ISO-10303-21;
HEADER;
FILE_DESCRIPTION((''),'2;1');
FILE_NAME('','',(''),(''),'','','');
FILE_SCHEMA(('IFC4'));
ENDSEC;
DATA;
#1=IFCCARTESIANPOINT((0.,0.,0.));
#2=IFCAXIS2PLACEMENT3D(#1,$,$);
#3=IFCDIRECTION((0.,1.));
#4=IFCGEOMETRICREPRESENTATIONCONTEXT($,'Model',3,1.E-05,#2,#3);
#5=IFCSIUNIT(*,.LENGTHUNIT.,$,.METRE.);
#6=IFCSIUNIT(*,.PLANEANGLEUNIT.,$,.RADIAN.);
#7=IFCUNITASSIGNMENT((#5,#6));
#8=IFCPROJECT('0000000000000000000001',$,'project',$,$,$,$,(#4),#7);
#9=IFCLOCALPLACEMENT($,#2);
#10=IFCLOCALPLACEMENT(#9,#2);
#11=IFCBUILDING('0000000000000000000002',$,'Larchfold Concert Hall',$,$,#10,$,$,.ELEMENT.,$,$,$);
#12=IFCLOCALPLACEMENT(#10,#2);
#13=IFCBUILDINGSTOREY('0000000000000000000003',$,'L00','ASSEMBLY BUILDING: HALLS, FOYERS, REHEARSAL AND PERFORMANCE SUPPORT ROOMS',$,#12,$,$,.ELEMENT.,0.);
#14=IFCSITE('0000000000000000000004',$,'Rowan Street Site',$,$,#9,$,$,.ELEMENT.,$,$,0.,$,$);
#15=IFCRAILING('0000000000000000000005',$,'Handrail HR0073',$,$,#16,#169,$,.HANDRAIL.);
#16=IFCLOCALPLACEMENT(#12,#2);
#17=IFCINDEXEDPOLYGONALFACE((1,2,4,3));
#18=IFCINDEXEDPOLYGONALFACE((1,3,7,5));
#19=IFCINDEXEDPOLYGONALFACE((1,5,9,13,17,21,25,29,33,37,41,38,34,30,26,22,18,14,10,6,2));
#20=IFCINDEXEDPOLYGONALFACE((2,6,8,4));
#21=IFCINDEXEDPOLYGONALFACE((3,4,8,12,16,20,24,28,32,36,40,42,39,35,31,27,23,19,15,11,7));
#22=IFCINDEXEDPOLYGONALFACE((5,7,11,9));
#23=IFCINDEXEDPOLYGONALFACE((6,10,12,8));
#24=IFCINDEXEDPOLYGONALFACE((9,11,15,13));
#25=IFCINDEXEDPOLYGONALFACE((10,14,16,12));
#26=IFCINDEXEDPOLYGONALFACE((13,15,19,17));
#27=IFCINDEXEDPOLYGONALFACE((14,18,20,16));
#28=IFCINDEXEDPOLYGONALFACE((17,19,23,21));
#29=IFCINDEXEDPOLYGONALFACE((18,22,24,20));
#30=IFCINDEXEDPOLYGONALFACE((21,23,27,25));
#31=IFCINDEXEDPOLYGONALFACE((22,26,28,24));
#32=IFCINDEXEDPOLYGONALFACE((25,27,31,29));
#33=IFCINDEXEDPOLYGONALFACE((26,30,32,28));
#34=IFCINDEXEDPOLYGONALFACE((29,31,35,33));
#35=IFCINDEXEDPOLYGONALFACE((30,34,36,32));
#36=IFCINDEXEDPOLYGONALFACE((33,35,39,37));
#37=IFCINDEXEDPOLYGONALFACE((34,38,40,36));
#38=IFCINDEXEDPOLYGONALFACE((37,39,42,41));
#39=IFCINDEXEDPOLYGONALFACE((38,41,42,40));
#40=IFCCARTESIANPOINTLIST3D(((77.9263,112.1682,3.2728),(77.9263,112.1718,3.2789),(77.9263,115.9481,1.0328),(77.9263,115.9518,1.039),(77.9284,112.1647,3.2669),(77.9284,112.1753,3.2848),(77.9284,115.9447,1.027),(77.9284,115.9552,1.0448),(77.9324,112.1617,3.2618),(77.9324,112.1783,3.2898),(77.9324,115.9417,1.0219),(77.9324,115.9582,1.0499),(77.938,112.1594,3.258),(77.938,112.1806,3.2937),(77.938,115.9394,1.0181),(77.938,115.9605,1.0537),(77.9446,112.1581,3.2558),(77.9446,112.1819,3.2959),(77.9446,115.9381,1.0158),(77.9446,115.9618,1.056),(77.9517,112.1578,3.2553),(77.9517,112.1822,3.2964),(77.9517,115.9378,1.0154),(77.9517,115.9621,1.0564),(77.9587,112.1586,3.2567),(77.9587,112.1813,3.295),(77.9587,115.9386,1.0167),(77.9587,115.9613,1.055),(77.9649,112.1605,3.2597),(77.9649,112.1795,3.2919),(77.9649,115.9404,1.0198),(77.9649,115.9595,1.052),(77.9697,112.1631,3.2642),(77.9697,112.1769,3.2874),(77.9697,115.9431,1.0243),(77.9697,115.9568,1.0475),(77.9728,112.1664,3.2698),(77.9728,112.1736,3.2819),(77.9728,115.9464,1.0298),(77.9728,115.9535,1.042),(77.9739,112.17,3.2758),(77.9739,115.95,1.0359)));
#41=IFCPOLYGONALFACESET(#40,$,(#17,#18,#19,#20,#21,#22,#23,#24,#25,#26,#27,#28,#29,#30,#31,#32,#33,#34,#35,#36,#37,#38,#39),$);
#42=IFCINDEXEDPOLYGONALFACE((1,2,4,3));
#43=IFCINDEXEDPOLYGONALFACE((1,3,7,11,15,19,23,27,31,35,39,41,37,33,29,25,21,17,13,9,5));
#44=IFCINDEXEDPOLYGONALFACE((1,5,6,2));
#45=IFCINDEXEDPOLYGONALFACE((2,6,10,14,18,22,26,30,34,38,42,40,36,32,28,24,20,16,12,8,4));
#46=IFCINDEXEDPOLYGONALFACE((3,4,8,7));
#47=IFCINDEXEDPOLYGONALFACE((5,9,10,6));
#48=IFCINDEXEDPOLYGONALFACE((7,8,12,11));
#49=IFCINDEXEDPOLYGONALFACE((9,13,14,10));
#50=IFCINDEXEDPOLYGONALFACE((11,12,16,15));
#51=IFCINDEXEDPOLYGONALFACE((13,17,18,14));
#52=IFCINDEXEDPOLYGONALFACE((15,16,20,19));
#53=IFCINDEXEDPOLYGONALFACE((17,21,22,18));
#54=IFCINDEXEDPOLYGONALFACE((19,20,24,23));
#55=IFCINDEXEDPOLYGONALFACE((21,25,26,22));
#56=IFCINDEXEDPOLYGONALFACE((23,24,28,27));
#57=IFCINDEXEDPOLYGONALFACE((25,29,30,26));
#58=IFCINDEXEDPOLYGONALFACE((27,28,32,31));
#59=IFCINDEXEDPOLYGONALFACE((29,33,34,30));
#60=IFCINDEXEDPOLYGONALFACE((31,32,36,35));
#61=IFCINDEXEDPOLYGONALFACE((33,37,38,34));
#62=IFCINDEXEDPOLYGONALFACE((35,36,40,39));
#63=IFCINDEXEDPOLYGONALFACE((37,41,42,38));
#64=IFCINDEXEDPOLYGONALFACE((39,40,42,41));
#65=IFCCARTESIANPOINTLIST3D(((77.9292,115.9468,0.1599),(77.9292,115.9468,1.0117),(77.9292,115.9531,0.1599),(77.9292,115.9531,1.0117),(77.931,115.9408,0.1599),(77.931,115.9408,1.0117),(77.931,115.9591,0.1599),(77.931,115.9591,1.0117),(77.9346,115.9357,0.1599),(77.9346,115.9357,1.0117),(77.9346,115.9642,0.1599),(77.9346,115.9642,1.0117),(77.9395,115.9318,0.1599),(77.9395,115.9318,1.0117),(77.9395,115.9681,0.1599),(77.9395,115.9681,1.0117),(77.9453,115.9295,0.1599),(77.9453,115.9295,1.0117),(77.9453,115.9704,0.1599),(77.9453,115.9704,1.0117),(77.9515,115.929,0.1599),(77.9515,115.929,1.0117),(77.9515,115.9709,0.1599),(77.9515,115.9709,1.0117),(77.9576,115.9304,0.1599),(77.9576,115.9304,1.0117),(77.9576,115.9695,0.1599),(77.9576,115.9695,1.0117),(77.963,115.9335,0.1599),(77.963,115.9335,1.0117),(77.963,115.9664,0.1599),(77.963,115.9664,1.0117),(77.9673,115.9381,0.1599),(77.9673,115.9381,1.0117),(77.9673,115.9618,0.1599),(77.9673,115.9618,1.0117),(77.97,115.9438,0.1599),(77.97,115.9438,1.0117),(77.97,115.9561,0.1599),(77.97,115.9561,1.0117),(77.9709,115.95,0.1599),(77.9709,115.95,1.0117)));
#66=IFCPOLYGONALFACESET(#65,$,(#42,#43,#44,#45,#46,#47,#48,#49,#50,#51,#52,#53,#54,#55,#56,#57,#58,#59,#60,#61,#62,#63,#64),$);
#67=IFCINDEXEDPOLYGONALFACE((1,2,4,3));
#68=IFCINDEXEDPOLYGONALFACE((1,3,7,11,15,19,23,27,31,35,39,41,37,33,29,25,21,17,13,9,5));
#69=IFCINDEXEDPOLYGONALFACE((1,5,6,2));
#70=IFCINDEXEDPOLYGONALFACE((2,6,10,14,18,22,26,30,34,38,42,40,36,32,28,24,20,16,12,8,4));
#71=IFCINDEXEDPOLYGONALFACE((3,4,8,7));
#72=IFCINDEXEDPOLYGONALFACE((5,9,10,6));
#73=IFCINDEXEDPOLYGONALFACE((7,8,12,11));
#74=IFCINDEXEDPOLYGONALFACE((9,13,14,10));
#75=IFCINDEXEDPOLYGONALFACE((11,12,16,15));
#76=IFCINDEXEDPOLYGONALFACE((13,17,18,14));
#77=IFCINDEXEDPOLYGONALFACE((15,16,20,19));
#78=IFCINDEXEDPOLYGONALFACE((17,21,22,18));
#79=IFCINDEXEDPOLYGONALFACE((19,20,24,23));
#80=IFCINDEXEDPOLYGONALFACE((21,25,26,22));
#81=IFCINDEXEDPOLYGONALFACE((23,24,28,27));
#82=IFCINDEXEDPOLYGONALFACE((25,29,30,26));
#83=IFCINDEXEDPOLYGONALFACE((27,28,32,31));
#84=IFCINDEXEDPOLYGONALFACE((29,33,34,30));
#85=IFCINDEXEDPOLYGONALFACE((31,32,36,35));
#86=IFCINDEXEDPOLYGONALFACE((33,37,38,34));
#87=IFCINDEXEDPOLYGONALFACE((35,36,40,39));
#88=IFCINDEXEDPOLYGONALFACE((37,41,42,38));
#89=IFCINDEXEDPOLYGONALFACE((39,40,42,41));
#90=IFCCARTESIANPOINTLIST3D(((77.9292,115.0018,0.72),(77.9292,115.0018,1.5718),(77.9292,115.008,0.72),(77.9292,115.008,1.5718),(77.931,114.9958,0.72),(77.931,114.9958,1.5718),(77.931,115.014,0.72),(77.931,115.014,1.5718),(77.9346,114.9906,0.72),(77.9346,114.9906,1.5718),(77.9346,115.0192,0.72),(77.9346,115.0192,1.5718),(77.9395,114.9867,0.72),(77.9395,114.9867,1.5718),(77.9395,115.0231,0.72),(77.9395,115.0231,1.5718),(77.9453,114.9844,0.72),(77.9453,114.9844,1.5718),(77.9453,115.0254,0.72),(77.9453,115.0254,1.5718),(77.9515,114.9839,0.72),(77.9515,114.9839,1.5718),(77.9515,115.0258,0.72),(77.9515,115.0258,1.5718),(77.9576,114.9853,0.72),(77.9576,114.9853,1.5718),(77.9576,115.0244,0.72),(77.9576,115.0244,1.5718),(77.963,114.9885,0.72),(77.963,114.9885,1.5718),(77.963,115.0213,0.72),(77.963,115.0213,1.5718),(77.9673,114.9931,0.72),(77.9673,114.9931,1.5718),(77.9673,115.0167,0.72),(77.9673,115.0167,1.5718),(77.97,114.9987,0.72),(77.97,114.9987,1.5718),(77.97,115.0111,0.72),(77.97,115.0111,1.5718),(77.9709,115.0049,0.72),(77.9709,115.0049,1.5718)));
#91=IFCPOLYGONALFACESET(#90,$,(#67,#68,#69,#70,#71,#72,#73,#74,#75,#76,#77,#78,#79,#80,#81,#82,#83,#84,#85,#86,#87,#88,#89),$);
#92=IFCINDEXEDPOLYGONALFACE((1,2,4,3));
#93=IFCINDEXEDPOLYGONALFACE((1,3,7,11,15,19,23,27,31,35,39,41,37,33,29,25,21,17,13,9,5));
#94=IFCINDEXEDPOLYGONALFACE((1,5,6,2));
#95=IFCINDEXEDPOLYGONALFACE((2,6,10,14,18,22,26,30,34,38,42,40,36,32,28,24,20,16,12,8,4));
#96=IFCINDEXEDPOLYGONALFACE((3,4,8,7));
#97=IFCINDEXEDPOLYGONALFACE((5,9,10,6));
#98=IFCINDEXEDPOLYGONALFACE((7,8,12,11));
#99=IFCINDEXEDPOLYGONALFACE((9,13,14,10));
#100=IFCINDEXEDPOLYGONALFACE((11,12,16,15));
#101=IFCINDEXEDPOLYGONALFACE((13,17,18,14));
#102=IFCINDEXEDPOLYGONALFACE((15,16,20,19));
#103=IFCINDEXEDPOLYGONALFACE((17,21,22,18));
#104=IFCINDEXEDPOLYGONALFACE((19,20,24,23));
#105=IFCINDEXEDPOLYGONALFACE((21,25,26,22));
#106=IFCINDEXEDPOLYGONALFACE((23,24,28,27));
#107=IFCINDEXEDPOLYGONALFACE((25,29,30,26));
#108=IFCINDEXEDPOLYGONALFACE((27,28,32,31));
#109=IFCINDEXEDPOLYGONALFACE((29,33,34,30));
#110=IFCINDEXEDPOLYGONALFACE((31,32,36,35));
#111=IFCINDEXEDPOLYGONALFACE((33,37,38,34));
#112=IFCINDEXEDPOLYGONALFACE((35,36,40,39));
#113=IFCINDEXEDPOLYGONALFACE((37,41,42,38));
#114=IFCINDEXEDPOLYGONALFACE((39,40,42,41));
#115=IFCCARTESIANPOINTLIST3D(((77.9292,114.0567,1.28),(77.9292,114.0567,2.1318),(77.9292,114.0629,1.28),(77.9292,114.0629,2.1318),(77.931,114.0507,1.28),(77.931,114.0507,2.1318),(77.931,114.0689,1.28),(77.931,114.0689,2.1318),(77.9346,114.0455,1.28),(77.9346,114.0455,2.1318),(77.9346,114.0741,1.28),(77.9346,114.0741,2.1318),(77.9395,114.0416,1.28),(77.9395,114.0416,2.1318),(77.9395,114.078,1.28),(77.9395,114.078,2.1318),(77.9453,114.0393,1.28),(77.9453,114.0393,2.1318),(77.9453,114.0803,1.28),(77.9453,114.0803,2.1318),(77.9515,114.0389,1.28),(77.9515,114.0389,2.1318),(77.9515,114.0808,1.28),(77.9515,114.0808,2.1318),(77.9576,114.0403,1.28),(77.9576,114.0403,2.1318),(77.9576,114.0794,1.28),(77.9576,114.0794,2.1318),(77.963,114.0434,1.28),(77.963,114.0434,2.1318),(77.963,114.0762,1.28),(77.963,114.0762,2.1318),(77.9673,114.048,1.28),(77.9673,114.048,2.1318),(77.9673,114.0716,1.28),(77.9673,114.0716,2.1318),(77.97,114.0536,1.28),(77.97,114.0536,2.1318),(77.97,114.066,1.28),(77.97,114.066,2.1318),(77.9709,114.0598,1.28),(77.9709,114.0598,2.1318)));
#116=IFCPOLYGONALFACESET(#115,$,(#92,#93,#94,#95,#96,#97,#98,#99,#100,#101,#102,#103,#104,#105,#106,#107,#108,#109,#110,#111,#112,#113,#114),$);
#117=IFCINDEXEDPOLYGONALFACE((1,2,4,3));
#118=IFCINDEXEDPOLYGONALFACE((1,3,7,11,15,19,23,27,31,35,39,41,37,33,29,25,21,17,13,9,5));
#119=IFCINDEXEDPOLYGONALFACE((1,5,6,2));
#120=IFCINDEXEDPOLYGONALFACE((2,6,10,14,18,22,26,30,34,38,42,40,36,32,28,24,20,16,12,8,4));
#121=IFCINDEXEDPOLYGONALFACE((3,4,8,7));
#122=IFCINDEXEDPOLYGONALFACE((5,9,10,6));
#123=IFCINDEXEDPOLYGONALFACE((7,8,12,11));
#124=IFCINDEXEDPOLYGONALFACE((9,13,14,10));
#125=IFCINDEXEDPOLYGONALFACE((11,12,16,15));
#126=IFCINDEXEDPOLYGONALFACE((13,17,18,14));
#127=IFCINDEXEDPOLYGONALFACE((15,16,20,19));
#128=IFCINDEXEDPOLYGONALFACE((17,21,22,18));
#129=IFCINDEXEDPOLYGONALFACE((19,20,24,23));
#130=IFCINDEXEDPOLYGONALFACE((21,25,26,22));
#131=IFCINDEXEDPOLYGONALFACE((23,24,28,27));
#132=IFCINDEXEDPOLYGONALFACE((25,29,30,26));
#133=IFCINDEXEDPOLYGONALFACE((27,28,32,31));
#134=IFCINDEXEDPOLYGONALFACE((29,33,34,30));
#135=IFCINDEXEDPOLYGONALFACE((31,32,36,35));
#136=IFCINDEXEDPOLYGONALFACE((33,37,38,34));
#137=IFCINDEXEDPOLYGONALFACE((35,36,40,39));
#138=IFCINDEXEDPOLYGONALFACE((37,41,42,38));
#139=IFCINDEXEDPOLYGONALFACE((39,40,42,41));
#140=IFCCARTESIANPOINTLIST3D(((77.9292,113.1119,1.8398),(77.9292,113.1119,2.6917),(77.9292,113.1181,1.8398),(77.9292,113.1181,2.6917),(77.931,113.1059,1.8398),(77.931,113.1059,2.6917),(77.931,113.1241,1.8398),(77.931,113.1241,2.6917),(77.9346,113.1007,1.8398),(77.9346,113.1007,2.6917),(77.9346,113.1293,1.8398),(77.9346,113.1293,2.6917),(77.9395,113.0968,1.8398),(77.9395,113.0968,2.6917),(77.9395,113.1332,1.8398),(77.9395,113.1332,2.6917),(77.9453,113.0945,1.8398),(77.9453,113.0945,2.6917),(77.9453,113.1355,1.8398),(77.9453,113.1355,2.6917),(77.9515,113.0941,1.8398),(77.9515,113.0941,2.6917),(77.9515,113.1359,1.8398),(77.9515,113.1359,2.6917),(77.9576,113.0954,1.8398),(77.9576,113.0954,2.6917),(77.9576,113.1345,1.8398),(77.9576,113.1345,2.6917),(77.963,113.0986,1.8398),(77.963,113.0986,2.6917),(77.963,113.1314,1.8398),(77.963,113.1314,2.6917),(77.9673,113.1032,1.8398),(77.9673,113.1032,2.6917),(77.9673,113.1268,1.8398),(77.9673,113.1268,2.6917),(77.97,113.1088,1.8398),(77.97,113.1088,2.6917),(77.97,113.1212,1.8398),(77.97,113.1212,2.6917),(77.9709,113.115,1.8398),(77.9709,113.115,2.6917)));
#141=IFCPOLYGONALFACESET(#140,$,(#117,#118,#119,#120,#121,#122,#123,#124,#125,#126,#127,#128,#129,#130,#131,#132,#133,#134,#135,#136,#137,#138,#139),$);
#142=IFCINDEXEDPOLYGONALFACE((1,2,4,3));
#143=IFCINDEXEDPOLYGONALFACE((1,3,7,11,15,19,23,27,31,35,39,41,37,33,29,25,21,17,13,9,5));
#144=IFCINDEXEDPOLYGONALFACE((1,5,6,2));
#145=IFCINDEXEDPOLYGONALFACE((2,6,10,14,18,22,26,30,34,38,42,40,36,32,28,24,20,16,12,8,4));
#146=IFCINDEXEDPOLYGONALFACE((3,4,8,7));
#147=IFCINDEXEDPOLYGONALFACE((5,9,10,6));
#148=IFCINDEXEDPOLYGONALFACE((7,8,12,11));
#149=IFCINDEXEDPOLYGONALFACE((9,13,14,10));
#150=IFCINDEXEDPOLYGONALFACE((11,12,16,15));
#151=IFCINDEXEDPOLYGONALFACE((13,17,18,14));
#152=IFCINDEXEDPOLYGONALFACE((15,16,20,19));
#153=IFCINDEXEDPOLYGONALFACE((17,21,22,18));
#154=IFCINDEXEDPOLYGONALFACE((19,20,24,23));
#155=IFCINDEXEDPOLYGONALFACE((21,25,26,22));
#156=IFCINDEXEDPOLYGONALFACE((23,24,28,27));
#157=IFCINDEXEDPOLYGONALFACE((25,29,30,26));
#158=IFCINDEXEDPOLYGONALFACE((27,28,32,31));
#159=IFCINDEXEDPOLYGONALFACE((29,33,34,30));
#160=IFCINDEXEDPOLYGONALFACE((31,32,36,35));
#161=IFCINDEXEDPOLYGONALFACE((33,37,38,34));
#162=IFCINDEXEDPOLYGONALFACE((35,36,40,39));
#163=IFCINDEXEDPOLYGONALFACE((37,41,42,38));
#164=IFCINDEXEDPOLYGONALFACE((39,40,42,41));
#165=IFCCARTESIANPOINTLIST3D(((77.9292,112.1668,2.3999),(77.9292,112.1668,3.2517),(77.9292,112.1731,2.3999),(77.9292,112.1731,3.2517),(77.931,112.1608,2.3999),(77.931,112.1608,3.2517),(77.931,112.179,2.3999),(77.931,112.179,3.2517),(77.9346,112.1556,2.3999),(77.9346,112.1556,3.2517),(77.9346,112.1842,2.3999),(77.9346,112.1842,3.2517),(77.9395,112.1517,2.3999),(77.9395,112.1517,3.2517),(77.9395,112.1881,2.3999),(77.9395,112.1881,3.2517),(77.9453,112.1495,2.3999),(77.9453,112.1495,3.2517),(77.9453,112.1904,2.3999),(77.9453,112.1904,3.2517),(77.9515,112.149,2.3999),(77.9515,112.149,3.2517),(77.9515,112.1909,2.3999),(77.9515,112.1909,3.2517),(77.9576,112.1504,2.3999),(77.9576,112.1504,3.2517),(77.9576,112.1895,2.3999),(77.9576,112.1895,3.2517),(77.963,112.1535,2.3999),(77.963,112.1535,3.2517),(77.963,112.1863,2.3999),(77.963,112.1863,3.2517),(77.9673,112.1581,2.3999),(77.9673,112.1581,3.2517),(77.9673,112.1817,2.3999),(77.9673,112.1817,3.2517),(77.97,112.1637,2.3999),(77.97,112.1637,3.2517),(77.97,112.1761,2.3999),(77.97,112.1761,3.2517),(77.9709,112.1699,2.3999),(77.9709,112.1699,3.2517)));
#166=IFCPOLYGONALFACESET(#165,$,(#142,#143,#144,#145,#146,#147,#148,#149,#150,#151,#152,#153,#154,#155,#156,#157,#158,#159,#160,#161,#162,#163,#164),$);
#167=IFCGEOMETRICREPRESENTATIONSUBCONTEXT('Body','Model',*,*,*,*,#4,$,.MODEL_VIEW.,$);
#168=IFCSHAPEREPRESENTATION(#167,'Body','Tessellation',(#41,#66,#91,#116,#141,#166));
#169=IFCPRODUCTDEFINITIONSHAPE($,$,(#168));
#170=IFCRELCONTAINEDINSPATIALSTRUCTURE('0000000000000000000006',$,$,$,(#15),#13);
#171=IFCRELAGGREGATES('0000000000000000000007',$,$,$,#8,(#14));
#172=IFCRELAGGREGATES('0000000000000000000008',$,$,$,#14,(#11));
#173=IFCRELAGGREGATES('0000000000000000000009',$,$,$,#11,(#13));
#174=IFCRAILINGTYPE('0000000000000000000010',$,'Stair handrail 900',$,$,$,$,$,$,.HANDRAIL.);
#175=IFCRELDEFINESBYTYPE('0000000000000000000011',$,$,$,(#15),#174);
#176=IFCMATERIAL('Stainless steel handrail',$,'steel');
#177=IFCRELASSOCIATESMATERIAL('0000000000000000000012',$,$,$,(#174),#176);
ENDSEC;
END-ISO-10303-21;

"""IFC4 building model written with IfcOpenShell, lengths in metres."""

from ifc_helpers import new_model, si_unit, direction, frame, origin, origin_2d, place, context, subcontext, project, spatial, circle, extrude, material, type_object, element, save


model = new_model("IFC4")

# Units and contexts
model_context = context("Model", 3, precision=1e-05, world=origin(), true_north=direction((0.0, 1.0)))
body_context = subcontext(model_context, "Body", "Model", "MODEL_VIEW")
ifc_project = project(units=[si_unit("LENGTHUNIT", "METRE"), si_unit("PLANEANGLEUNIT", "RADIAN")], contexts=[model_context])

# Site, building, storey
site_placement = place(None, origin())
site = spatial("IfcSite", under=ifc_project, at=site_placement, Name="Rowan Street Site", CompositionType="ELEMENT", RefElevation=0.0)
building_placement = place(site_placement, origin())
building = spatial("IfcBuilding", under=site, at=building_placement, Name="Larchfold Concert Hall", CompositionType="ELEMENT")
storey_placement = place(building_placement, origin())
storey = spatial("IfcBuildingStorey", under=building, at=storey_placement, Name="L00", Description="ASSEMBLY BUILDING: HALLS, FOYERS, REHEARSAL AND PERFORMANCE SUPPORT ROOMS", CompositionType="ELEMENT", Elevation=0.0)

# Railing
ifc_material_1 = material(Name="Stainless steel handrail", Category="steel")
railing_type_1 = type_object("IfcRailingType", Name="Stair handrail 900", PredefinedType="HANDRAIL", material=ifc_material_1)
railing_1_placement = place(storey_placement, frame((77.95, 115.95, 0.1599)))
element("IfcRailing", 1, at=railing_1_placement, inside=storey, type_object=railing_type_1, Name="Handrail HR0073", PredefinedType="HANDRAIL", context=body_context, shape_type="SweptSolid", body=[
    extrude(circle(Radius=0.0239, at=origin_2d()), frame((0.0, 0.0, 0.876), z_axis=(0.0, -0.860294, 0.509798), x_axis=(1.0, 0.0, 0.0)), (0.0, 0.0, 1.0), 4.3938),
    extrude(circle(Radius=0.021, at=origin_2d()), origin(), (0.0, 0.0, 1.0), 0.8518),
    extrude(circle(Radius=0.021, at=origin_2d()), frame((0.0, -0.9451, 0.5601)), (0.0, 0.0, 1.0), 0.8518),
    extrude(circle(Radius=0.021, at=origin_2d()), frame((0.0, -1.8901, 1.1201)), (0.0, 0.0, 1.0), 0.8518),
    extrude(circle(Radius=0.021, at=origin_2d()), frame((0.0, -2.835, 1.6799)), (0.0, 0.0, 1.0), 0.8518),
    extrude(circle(Radius=0.021, at=origin_2d()), frame((0.0, -3.78, 2.24)), (0.0, 0.0, 1.0), 0.8518),
])

save(model, "model.ifc")
